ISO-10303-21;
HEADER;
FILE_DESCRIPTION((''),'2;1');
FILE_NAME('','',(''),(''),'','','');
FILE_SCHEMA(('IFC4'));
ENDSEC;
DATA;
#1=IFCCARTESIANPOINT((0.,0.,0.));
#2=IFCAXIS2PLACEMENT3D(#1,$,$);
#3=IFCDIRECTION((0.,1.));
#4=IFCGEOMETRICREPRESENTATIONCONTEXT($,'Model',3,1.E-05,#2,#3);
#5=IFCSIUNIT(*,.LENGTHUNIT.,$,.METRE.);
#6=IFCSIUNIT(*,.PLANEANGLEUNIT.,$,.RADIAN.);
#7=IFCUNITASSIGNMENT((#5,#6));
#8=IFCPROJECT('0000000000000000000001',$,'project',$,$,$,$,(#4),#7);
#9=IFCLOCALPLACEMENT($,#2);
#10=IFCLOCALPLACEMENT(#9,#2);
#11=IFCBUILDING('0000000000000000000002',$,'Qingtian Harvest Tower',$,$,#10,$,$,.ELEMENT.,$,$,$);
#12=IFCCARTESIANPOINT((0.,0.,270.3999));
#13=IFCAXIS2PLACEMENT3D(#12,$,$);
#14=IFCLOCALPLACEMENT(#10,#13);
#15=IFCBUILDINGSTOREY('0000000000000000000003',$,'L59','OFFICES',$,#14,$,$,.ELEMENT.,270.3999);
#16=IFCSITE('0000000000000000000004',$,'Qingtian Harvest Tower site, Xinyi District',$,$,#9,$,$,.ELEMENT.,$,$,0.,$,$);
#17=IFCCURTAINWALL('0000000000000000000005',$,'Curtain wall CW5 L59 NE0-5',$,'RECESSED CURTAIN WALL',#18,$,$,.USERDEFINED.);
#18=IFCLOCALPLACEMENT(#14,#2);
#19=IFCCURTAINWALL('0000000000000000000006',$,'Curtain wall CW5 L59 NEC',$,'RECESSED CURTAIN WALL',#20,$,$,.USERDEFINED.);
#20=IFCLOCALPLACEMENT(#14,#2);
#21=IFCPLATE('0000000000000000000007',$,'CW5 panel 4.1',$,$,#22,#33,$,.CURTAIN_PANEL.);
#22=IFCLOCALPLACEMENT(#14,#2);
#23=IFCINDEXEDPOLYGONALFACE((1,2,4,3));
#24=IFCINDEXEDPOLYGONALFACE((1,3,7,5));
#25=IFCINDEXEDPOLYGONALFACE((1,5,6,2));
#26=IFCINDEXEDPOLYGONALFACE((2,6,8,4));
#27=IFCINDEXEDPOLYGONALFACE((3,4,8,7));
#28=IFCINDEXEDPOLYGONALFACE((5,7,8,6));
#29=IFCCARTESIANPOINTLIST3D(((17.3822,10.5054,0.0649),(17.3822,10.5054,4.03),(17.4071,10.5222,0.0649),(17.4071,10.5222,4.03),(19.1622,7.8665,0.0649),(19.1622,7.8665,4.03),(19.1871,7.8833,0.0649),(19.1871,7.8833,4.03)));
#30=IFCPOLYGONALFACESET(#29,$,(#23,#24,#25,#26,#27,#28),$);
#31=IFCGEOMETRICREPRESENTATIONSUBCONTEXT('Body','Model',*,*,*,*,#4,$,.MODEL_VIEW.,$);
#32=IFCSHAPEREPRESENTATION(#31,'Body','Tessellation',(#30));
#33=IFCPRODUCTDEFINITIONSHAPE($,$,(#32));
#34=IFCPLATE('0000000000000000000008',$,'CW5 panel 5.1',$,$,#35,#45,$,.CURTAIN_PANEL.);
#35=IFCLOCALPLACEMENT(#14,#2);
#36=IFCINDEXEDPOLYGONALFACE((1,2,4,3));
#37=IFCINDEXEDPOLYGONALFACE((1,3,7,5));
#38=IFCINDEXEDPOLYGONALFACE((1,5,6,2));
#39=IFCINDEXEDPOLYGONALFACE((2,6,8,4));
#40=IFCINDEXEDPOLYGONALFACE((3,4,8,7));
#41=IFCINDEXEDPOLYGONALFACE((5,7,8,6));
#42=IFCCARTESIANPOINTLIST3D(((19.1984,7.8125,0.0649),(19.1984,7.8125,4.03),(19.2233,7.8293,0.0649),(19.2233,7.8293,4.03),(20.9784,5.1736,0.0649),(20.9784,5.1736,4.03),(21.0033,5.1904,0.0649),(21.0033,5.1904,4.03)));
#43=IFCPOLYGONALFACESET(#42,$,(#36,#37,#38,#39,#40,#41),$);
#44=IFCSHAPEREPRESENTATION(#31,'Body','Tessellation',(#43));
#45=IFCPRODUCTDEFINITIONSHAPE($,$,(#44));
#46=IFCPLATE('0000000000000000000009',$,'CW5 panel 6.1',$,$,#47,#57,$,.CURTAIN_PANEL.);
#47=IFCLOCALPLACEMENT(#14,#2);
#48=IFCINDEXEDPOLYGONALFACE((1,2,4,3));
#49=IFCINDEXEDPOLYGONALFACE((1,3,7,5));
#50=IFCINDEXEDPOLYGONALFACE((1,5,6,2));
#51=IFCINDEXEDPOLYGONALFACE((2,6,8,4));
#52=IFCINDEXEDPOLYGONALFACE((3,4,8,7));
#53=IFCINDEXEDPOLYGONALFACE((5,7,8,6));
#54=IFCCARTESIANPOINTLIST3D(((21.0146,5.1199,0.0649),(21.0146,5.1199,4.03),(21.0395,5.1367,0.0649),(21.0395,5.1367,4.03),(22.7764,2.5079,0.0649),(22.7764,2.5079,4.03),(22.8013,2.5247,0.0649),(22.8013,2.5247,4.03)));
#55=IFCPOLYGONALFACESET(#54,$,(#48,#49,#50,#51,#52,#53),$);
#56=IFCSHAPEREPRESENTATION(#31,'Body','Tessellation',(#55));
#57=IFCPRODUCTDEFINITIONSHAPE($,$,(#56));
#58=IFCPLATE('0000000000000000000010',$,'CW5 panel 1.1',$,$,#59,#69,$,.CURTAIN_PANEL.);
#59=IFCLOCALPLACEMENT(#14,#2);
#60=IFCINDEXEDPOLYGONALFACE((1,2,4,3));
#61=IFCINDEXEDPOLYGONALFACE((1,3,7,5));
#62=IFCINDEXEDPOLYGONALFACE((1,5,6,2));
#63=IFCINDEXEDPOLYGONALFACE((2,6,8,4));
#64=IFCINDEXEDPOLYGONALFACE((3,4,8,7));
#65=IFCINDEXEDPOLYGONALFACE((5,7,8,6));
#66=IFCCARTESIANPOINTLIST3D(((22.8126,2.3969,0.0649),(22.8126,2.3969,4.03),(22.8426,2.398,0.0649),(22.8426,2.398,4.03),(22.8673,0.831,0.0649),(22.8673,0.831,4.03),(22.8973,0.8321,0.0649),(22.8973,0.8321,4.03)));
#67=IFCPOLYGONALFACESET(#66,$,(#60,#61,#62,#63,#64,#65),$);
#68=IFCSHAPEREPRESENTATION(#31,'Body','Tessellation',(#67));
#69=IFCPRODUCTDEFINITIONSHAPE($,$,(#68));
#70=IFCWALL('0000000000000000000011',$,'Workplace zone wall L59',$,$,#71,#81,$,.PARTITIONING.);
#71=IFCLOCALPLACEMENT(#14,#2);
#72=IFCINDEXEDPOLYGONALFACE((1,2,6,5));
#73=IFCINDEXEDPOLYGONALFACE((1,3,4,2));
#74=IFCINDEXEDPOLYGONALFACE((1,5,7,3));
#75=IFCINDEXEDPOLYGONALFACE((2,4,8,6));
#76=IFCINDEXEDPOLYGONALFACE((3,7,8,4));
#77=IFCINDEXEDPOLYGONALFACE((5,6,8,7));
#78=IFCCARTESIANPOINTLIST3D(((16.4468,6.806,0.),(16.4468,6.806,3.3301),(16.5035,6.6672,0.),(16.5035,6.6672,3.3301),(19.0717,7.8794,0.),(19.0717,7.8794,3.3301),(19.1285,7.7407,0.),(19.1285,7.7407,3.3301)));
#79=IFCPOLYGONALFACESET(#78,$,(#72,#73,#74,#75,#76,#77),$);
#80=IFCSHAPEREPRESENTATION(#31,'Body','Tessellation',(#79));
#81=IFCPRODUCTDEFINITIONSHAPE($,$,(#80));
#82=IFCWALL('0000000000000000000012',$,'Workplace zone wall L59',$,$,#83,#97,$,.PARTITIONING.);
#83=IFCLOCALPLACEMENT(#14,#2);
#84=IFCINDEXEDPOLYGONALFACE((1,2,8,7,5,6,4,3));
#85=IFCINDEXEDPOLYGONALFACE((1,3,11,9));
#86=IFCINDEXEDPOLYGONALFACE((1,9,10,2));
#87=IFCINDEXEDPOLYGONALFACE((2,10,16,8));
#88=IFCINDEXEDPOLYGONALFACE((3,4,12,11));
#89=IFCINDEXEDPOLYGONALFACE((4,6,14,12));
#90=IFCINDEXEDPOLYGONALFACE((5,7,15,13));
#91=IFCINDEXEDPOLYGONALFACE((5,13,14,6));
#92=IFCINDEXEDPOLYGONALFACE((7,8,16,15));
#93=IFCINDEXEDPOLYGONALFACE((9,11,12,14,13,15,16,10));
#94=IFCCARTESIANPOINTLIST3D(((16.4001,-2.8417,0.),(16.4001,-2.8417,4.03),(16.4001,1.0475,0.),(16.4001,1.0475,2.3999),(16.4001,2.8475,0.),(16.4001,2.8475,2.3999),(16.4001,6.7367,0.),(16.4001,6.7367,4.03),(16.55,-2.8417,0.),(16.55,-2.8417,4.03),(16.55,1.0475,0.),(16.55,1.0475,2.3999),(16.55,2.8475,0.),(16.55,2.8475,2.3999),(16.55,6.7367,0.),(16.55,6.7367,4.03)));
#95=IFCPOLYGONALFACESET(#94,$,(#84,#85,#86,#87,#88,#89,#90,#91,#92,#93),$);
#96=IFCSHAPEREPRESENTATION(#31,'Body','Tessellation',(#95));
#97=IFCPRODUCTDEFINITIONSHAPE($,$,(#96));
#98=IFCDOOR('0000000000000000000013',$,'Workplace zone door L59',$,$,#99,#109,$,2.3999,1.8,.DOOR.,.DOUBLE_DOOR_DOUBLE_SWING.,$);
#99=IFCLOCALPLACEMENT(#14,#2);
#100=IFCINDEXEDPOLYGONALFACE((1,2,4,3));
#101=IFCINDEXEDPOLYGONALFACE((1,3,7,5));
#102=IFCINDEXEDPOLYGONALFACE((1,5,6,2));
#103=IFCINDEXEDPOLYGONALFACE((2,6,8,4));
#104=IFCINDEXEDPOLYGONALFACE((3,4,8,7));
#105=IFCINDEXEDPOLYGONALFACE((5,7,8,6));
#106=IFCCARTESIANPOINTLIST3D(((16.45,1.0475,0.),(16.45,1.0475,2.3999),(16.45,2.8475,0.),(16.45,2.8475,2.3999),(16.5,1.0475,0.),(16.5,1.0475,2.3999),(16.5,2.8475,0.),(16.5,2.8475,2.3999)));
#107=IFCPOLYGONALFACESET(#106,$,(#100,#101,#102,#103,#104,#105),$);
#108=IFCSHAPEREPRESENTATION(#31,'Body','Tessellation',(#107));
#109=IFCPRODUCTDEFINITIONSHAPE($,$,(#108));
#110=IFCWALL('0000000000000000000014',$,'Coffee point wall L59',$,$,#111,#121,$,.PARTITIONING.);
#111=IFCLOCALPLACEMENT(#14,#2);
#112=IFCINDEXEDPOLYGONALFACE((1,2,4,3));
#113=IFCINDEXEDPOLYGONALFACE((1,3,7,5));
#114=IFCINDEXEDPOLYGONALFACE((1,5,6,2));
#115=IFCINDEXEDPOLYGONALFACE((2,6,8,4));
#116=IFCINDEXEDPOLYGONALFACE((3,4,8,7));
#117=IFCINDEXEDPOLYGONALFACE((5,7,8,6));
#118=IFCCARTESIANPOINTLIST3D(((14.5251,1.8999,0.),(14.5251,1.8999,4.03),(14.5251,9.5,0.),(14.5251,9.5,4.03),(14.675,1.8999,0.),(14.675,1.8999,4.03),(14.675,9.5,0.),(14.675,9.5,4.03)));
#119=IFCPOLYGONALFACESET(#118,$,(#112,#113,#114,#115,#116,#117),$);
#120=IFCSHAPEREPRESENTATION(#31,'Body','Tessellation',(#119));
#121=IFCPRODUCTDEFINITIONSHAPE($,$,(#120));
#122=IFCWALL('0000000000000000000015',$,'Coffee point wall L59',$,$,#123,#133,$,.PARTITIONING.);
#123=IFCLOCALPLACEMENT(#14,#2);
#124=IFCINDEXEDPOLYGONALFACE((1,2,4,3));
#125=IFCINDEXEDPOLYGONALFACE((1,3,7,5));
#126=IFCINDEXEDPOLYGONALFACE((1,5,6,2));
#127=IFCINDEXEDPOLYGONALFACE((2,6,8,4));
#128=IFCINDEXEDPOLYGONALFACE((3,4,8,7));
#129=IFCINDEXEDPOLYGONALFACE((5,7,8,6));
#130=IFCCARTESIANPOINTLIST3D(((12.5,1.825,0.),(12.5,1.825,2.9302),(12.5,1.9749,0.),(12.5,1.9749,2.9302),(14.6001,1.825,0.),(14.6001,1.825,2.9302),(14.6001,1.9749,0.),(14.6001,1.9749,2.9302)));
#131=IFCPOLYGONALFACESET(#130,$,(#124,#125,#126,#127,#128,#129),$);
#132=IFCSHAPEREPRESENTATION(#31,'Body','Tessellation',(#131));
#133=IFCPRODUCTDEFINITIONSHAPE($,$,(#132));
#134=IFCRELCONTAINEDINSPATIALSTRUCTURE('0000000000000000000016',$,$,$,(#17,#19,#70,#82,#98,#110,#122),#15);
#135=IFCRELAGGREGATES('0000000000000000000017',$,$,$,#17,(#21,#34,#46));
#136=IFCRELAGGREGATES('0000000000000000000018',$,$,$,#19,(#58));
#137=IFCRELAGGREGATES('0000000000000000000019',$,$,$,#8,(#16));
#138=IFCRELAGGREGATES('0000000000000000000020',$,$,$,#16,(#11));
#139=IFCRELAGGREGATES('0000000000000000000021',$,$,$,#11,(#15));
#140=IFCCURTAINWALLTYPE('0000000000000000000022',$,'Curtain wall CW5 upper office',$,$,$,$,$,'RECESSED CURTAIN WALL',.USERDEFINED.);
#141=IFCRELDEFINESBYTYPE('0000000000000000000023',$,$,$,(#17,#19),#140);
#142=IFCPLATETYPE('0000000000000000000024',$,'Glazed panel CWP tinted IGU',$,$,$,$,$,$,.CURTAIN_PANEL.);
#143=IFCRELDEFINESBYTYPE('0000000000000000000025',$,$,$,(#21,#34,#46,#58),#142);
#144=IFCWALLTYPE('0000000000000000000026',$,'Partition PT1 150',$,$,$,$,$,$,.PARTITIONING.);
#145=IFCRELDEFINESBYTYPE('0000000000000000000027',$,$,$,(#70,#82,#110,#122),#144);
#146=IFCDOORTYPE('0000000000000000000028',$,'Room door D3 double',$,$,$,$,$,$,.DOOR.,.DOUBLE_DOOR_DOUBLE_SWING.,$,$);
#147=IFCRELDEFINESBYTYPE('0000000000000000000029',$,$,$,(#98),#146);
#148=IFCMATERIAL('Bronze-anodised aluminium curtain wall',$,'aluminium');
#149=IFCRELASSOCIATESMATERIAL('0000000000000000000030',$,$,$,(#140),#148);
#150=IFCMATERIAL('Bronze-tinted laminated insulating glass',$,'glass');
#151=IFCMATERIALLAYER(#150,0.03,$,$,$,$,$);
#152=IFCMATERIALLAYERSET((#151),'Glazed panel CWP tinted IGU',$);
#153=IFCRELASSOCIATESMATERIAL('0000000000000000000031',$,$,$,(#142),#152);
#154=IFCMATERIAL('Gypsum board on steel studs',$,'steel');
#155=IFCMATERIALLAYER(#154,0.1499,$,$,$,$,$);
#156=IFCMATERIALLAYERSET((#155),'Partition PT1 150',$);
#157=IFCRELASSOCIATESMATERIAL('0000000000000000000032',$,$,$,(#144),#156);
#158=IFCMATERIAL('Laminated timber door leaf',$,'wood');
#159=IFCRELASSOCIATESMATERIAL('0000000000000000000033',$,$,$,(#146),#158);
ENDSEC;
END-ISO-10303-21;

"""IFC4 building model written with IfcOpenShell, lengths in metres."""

from ifc_helpers import new_model, si_unit, direction, frame, frame_2d, origin, origin_2d, place, context, subcontext, project, spatial, rectangle, extrude, material, layer, layer_set, type_object, element, fill, aggregate, save


model = new_model("IFC4")

# Units and contexts
model_context = context("Model", 3, precision=1e-05, world=origin(), true_north=direction((0.0, 1.0)))
body_context = subcontext(model_context, "Body", "Model", "MODEL_VIEW")
ifc_project = project(units=[si_unit("LENGTHUNIT", "METRE"), si_unit("PLANEANGLEUNIT", "RADIAN")], contexts=[model_context])

# Site, building, storey
site_placement = place(None, origin())
site = spatial("IfcSite", under=ifc_project, at=site_placement, Name="Qingtian Harvest Tower site, Xinyi District", CompositionType="ELEMENT", RefElevation=0.0)
building_placement = place(site_placement, origin())
building = spatial("IfcBuilding", under=site, at=building_placement, Name="Qingtian Harvest Tower", CompositionType="ELEMENT")
storey_placement = place(building_placement, frame((0.0, 0.0, 270.3999)))
storey = spatial("IfcBuildingStorey", under=building, at=storey_placement, Name="L59", Description="OFFICES", CompositionType="ELEMENT", Elevation=270.3999)

# Curtain walls
ifc_material_1 = material(Name="Bronze-anodised aluminium curtain wall", Category="aluminium")
curtain_wall_type = type_object("IfcCurtainWallType", Name="Curtain wall CW5 upper office", ElementType="RECESSED CURTAIN WALL", PredefinedType="USERDEFINED", material=ifc_material_1)
curtain_wall_1_placement = place(storey_placement, origin())
curtain_wall_1 = element("IfcCurtainWall", 1, at=curtain_wall_1_placement, inside=storey, type_object=curtain_wall_type, Name="Curtain wall CW5 L59 NE0-5", ObjectType="RECESSED CURTAIN WALL", PredefinedType="USERDEFINED")
curtain_wall_2_placement = place(storey_placement, origin())
curtain_wall_2 = element("IfcCurtainWall", 2, at=curtain_wall_2_placement, inside=storey, type_object=curtain_wall_type, Name="Curtain wall CW5 L59 NEC", ObjectType="RECESSED CURTAIN WALL", PredefinedType="USERDEFINED")

# Plates
ifc_material_2 = material(Name="Bronze-tinted laminated insulating glass", Category="glass")
ifc_layer_1 = layer(ifc_material_2, 0.03)
ifc_layer_set_1 = layer_set([ifc_layer_1], Name="Glazed panel CWP tinted IGU")
plate_type = type_object("IfcPlateType", Name="Glazed panel CWP tinted IGU", PredefinedType="CURTAIN_PANEL", material=ifc_layer_set_1)
plate_1_placement = place(storey_placement, frame((18.2847, 9.1943, 0.0649), z_axis=(0.0, 0.0, 1.0), x_axis=(0.559193, -0.829038, 0.0)))
plate_1 = element("IfcPlate", 3, at=plate_1_placement, type_object=plate_type, Name="CW5 panel 4.1", PredefinedType="CURTAIN_PANEL", context=body_context, shape_type="SweptSolid", body=[
    extrude(rectangle(XDim=3.1831, YDim=0.03, at=origin_2d()), origin(), (0.0, 0.0, 1.0), 3.9651),
])
plate_2_placement = place(storey_placement, frame((20.1008, 6.5015, 0.0649), z_axis=(0.0, 0.0, 1.0), x_axis=(0.559193, -0.829038, 0.0)))
plate_2 = element("IfcPlate", 4, at=plate_2_placement, type_object=plate_type, Name="CW5 panel 5.1", PredefinedType="CURTAIN_PANEL", context=body_context, shape_type="SweptSolid", body=[
    extrude(rectangle(XDim=3.1831, YDim=0.03, at=origin_2d()), origin(), (0.0, 0.0, 1.0), 3.9651),
])
plate_3_placement = place(storey_placement, frame((21.908, 3.8223, 0.0649), z_axis=(0.0, 0.0, 1.0), x_axis=(0.559193, -0.829038, 0.0)))
plate_3 = element("IfcPlate", 5, at=plate_3_placement, type_object=plate_type, Name="CW5 panel 6.1", PredefinedType="CURTAIN_PANEL", context=body_context, shape_type="SweptSolid", body=[
    extrude(rectangle(XDim=3.1506, YDim=0.03, at=origin_2d()), origin(), (0.0, 0.0, 1.0), 3.9651),
])
aggregate(curtain_wall_1, [plate_1, plate_2, plate_3])
plate_4_placement = place(storey_placement, frame((22.855, 1.6145, 0.0649), z_axis=(0.0, 0.0, 1.0), x_axis=(0.034899, -0.999391, 0.0)))
plate_4 = element("IfcPlate", 6, at=plate_4_placement, type_object=plate_type, Name="CW5 panel 1.1", PredefinedType="CURTAIN_PANEL", context=body_context, shape_type="SweptSolid", body=[
    extrude(rectangle(XDim=1.5669, YDim=0.03, at=origin_2d()), origin(), (0.0, 0.0, 1.0), 3.9651),
])
aggregate(curtain_wall_2, [plate_4])

# Wall
ifc_material_3 = material(Name="Gypsum board on steel studs", Category="steel")
ifc_layer_2 = layer(ifc_material_3, 0.1499)
ifc_layer_set_2 = layer_set([ifc_layer_2], Name="Partition PT1 150")
wall_type = type_object("IfcWallType", Name="Partition PT1 150", PredefinedType="PARTITIONING", material=ifc_layer_set_2)
wall_1_placement = place(storey_placement, frame((19.1001, 7.8101, 0.0), z_axis=(0.0, 0.0, 1.0), x_axis=(-0.925594, -0.378519, 0.0)))
element("IfcWall", 7, at=wall_1_placement, inside=storey, type_object=wall_type, Name="Workplace zone wall L59", PredefinedType="PARTITIONING", context=body_context, shape_type="SweptSolid", body=[
    extrude(rectangle(XDim=2.8359, YDim=0.1499, at=frame_2d((1.418, 0.0))), origin(), (0.0, 0.0, 1.0), 3.3301),
])

# Wall, opening, door
wall_2_placement = place(storey_placement, frame((16.4751, 6.7366, 0.0), z_axis=(0.0, 0.0, 1.0), x_axis=(0.0, -1.0, 0.0)))
wall_2 = element("IfcWall", 8, at=wall_2_placement, inside=storey, type_object=wall_type, Name="Workplace zone wall L59", PredefinedType="PARTITIONING", context=body_context, shape_type="SweptSolid", body=[
    extrude(rectangle(XDim=9.5784, YDim=0.1499, at=frame_2d((4.7891, 0.0))), origin(), (0.0, 0.0, 1.0), 4.03),
])
opening_placement = place(wall_2_placement, frame((3.8892, 0.0, 0.0)))
opening = element("IfcOpeningElement", 9, at=opening_placement, cuts=wall_2, PredefinedType="OPENING", context=body_context, shape_type="SweptSolid", body=[
    extrude(rectangle(XDim=1.8, YDim=2.3999, at=frame_2d((0.8999, 1.2))), frame((0.0, 0.085, 0.0), z_axis=(0.0, -1.0, 0.0), x_axis=(1.0, 0.0, 0.0)), (0.0, 0.0, 1.0), 0.1699),
])
ifc_material_4 = material(Name="Laminated timber door leaf", Category="wood")
door_type = type_object("IfcDoorType", Name="Room door D3 double", OperationType="DOUBLE_DOOR_DOUBLE_SWING", PredefinedType="DOOR", material=ifc_material_4)
door_placement = place(opening_placement, origin())
door = element("IfcDoor", 10, at=door_placement, inside=storey, type_object=door_type, Name="Workplace zone door L59", OperationType="DOUBLE_DOOR_DOUBLE_SWING", OverallHeight=2.3999, OverallWidth=1.8, PredefinedType="DOOR", context=body_context, shape_type="SweptSolid", body=[
    extrude(rectangle(XDim=1.8, YDim=2.3999, at=frame_2d((0.8999, 1.2))), frame((0.0, 0.0249, 0.0), z_axis=(0.0, -1.0, 0.0), x_axis=(1.0, 0.0, 0.0)), (0.0, 0.0, 1.0), 0.05),
])
fill(opening, door)

# Walls
wall_3_placement = place(storey_placement, frame((14.6001, 1.8999, 0.0), z_axis=(0.0, 0.0, 1.0), x_axis=(0.0, 1.0, 0.0)))
element("IfcWall", 11, at=wall_3_placement, inside=storey, type_object=wall_type, Name="Coffee point wall L59", PredefinedType="PARTITIONING", context=body_context, shape_type="SweptSolid", body=[
    extrude(rectangle(XDim=7.6001, YDim=0.1499, at=frame_2d((3.8, 0.0))), origin(), (0.0, 0.0, 1.0), 4.03),
])
wall_4_placement = place(storey_placement, frame((12.5, 1.8999, 0.0), z_axis=(0.0, 0.0, 1.0), x_axis=(1.0, 0.0, 0.0)))
element("IfcWall", 12, at=wall_4_placement, inside=storey, type_object=wall_type, Name="Coffee point wall L59", PredefinedType="PARTITIONING", context=body_context, shape_type="SweptSolid", body=[
    extrude(rectangle(XDim=2.1001, YDim=0.1499, at=frame_2d((1.05, 0.0))), origin(), (0.0, 0.0, 1.0), 2.9302),
])

save(model, "model.ifc")
